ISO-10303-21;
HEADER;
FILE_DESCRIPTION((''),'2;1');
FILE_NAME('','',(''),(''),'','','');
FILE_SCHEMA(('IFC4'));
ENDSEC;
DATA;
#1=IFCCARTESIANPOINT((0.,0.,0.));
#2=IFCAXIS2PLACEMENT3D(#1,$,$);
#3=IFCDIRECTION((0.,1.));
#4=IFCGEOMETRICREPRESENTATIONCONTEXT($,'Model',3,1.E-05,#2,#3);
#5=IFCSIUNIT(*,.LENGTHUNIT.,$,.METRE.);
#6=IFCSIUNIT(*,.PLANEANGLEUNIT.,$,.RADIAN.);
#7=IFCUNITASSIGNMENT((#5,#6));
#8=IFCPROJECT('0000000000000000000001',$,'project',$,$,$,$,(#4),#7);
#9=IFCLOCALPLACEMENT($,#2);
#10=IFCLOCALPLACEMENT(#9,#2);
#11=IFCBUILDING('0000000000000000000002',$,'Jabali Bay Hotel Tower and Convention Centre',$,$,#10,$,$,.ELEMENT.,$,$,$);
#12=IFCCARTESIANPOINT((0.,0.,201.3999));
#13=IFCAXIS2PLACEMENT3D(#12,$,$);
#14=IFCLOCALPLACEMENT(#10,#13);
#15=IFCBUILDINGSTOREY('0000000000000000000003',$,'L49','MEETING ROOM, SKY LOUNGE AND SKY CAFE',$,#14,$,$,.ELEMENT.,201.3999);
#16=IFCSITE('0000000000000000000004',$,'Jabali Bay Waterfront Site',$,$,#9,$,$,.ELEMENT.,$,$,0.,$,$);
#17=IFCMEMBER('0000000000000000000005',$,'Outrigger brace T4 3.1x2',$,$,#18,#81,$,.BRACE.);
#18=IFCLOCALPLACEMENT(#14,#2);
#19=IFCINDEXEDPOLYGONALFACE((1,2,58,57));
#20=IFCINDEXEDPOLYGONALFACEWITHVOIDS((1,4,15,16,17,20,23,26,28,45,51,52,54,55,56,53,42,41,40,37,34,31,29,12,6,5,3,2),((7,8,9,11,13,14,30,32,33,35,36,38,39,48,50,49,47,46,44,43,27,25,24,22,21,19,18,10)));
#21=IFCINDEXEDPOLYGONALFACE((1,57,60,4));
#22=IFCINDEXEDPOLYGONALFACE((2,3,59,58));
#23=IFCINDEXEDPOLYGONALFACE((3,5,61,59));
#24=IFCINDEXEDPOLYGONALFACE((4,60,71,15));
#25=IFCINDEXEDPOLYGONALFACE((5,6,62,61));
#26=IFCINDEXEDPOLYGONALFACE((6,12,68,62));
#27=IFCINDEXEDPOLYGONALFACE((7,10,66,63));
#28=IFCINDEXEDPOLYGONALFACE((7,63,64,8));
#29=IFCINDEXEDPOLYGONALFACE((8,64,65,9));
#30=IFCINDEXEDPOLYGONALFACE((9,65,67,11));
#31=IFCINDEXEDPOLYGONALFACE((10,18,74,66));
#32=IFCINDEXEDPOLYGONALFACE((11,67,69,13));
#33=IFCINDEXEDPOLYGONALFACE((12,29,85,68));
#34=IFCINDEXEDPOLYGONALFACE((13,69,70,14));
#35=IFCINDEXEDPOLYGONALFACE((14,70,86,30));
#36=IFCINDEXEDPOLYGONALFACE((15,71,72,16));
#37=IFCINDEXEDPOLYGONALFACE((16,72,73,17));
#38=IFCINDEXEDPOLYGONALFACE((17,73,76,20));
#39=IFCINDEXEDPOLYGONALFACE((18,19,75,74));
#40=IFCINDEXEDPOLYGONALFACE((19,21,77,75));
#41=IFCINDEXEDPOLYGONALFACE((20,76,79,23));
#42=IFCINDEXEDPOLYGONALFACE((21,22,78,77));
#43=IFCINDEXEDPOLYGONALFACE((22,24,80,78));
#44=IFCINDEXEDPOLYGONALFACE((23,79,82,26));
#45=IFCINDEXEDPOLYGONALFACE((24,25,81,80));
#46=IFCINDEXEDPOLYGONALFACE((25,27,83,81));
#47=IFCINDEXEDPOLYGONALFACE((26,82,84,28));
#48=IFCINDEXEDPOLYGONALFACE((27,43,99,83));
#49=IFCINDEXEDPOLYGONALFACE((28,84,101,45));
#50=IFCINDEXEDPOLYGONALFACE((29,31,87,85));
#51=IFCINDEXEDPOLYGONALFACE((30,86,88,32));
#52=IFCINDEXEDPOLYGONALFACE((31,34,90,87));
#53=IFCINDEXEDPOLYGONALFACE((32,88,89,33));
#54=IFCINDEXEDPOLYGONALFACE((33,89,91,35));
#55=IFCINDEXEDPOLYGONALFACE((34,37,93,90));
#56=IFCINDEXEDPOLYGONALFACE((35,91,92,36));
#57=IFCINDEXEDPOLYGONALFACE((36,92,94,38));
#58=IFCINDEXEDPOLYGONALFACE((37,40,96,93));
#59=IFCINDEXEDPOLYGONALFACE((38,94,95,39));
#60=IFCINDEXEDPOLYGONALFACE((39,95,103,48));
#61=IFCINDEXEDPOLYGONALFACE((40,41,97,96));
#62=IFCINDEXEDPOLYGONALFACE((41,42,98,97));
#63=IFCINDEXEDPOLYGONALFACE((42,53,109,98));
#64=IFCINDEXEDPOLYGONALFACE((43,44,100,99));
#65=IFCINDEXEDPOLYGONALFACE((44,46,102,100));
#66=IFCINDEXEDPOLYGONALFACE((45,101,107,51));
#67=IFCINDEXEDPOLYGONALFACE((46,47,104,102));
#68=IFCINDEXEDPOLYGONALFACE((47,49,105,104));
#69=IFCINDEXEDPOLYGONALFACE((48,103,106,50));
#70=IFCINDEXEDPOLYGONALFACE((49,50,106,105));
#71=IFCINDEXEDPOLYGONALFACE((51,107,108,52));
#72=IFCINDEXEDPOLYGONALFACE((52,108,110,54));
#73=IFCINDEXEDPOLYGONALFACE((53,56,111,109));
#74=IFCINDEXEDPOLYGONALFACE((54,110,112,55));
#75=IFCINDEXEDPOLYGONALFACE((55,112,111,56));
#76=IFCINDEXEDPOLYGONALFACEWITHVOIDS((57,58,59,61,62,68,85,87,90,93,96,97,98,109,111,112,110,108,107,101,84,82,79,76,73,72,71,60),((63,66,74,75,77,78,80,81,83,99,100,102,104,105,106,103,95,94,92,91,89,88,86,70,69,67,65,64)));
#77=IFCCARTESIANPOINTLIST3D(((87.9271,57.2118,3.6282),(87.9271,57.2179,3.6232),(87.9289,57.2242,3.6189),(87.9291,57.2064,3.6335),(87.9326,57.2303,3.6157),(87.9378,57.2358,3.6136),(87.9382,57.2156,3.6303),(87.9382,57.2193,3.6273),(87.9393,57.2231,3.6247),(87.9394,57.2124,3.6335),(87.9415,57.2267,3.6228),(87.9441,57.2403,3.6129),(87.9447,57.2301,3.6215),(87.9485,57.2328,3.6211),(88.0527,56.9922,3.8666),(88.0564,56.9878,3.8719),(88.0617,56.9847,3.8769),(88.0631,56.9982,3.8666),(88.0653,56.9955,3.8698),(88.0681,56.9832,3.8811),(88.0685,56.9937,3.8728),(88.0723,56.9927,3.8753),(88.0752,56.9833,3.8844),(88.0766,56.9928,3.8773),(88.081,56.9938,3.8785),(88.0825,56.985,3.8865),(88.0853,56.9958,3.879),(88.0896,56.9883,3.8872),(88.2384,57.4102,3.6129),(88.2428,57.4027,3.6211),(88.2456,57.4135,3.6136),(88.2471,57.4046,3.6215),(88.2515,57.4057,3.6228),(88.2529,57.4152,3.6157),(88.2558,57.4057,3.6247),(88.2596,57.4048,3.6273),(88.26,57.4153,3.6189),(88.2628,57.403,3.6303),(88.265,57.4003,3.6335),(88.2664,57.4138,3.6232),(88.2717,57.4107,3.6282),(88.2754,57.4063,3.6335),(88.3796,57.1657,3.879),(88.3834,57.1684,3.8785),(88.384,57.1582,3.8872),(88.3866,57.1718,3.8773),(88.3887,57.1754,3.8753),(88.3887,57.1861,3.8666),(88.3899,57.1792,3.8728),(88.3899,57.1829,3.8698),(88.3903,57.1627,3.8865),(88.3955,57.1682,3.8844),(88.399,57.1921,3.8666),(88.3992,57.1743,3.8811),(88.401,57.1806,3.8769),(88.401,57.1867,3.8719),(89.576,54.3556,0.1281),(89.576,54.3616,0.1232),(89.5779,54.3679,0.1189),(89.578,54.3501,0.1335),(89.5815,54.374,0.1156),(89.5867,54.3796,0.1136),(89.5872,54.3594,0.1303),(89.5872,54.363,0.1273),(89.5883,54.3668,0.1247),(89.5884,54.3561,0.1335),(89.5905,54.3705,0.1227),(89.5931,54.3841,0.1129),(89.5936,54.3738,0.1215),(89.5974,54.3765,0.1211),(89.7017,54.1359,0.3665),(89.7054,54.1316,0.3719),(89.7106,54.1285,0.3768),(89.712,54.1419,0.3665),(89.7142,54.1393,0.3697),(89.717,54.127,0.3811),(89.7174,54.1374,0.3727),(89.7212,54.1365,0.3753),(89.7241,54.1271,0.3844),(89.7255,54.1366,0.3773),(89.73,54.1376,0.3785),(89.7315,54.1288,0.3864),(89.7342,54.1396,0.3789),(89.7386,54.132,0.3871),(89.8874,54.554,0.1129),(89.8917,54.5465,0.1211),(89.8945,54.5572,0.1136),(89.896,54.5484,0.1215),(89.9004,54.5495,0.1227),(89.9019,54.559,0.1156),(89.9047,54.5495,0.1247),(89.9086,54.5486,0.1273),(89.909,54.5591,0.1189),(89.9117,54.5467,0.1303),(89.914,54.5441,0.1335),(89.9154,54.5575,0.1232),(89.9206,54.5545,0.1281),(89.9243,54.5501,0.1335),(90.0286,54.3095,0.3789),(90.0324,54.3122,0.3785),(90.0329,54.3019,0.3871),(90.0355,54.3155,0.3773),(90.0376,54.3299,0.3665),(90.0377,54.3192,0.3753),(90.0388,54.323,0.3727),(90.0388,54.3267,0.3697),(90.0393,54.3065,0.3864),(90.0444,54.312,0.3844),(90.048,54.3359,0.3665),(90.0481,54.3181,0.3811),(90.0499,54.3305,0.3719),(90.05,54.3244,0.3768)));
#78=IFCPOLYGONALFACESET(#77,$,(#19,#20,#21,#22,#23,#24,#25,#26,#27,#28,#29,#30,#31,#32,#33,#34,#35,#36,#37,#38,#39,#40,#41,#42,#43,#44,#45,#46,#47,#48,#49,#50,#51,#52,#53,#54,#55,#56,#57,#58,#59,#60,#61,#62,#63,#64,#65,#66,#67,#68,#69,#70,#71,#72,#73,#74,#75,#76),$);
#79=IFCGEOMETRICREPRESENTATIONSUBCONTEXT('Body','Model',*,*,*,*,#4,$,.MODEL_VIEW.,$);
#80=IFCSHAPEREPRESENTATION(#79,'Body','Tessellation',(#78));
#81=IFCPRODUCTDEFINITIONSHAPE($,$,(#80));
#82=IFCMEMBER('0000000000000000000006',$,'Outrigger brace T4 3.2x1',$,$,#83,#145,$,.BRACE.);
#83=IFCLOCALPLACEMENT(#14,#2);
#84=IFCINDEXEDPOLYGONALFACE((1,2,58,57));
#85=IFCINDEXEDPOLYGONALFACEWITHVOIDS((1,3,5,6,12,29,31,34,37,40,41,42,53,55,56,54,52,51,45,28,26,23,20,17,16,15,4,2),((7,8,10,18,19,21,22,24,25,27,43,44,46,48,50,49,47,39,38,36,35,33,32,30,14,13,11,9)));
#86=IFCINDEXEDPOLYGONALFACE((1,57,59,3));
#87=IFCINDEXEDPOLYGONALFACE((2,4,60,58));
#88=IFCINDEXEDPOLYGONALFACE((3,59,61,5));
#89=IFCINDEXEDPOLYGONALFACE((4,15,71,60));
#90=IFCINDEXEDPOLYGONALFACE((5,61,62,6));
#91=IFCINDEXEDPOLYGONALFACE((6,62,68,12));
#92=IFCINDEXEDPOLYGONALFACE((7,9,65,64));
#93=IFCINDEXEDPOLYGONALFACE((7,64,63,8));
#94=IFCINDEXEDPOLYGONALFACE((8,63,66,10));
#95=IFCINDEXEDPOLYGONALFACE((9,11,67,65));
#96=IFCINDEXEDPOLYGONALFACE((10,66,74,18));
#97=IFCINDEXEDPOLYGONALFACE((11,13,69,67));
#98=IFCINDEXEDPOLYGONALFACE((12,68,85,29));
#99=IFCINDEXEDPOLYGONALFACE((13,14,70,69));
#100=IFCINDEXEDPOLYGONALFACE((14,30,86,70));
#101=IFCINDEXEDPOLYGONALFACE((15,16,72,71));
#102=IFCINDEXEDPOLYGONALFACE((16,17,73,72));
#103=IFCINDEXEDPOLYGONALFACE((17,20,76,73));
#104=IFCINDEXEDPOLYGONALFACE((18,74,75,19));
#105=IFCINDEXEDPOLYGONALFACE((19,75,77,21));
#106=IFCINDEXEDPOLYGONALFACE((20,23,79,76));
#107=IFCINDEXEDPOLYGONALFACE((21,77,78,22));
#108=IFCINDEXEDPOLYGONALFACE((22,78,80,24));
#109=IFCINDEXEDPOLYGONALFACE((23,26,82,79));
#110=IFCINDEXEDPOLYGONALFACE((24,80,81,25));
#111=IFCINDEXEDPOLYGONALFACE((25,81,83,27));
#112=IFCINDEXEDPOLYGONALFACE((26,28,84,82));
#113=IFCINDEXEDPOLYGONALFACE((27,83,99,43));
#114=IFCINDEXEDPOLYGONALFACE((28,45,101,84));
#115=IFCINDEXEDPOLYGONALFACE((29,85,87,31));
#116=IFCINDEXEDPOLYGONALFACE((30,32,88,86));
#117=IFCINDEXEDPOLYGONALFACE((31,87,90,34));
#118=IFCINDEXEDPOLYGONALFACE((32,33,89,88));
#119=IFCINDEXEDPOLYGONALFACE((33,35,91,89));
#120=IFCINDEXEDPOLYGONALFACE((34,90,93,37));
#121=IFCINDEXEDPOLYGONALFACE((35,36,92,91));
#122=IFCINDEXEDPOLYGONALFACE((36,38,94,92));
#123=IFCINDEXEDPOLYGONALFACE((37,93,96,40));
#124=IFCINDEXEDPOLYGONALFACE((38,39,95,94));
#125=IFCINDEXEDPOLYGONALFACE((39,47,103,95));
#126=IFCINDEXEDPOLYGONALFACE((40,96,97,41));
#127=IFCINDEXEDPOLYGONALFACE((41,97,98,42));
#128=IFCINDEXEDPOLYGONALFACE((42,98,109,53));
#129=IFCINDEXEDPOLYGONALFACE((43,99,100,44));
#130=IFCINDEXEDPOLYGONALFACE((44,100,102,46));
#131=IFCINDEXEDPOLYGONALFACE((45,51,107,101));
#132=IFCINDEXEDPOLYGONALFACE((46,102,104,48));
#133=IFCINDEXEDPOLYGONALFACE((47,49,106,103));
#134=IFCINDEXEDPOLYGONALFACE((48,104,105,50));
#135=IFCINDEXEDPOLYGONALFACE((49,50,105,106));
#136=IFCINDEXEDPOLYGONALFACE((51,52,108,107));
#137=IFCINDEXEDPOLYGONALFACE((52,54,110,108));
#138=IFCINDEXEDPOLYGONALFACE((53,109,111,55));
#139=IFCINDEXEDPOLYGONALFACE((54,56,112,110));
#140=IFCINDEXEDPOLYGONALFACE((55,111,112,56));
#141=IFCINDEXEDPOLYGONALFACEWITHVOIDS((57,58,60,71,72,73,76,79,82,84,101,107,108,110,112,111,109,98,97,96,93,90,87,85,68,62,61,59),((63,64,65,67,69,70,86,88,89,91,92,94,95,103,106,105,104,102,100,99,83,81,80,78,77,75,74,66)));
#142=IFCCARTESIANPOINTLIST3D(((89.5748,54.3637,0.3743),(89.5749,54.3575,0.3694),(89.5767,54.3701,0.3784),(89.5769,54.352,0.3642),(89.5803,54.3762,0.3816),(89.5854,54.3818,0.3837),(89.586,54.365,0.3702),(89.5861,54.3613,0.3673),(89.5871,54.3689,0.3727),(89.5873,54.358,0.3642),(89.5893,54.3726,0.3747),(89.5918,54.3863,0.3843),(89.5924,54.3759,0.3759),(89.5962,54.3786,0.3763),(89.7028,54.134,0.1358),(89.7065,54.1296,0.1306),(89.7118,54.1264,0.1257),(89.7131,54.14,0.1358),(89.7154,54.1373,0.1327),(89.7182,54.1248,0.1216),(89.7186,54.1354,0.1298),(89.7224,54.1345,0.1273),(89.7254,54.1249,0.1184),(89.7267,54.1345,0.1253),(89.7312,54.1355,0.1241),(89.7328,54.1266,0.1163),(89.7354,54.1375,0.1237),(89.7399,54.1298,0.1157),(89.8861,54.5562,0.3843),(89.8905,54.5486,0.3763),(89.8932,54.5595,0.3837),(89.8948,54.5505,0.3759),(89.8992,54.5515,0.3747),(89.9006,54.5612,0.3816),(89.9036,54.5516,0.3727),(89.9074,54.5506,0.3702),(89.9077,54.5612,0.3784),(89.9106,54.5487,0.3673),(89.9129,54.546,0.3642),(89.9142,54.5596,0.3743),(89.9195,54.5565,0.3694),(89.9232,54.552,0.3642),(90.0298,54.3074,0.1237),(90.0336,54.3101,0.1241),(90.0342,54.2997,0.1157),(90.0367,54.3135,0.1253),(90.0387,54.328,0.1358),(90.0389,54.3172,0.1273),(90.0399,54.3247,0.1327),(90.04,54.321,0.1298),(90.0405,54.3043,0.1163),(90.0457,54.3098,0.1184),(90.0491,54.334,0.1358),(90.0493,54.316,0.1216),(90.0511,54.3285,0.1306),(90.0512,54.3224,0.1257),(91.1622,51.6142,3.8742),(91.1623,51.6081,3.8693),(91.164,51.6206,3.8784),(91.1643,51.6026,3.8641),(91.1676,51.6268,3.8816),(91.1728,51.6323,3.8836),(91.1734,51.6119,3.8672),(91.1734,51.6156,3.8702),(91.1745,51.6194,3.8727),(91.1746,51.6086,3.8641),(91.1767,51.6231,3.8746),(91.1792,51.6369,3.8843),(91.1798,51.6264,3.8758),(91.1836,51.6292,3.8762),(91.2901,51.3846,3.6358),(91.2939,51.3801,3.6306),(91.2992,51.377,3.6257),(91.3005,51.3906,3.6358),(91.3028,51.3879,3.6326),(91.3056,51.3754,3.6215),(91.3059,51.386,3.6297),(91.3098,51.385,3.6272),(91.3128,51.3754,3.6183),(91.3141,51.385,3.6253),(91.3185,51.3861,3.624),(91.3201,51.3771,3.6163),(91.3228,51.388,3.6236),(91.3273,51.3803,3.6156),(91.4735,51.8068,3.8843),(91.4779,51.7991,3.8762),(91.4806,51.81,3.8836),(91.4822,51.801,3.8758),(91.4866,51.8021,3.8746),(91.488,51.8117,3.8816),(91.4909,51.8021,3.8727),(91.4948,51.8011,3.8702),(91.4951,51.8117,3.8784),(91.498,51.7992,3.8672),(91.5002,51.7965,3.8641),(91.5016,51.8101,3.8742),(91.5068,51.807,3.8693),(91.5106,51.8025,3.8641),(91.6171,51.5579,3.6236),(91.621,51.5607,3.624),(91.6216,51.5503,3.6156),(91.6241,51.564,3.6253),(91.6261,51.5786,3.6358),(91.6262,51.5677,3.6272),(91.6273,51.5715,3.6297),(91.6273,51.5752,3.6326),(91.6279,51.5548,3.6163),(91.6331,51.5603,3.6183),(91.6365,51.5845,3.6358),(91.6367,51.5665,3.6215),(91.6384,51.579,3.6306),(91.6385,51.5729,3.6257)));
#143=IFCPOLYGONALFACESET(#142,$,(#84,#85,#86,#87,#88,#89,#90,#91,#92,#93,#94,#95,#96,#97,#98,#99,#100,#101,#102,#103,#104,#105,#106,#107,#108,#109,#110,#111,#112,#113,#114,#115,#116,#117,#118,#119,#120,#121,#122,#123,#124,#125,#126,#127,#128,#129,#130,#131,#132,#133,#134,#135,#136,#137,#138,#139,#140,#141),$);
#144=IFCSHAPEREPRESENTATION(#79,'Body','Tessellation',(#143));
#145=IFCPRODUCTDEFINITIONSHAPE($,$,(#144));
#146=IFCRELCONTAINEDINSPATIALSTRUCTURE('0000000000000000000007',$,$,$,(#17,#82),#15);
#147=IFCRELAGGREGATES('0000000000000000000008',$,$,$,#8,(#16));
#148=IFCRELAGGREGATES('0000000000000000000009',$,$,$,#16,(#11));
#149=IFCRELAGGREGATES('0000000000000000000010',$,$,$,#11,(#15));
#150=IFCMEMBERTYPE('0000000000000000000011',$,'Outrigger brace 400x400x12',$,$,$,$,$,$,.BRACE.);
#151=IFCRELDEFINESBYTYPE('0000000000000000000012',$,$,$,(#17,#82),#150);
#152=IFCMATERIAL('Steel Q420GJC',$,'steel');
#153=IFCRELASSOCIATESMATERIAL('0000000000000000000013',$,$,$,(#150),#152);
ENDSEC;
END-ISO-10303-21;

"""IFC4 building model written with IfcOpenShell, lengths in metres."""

from ifc_helpers import new_model, si_unit, direction, frame, origin, origin_2d, place, context, subcontext, project, spatial, hollow_rectangle, extrude, material, material_profile, profile_set, type_object, element, save


model = new_model("IFC4")

# Units and contexts
model_context = context("Model", 3, precision=1e-05, world=origin(), true_north=direction((0.0, 1.0)))
body_context = subcontext(model_context, "Body", "Model", "MODEL_VIEW")
ifc_project = project(units=[si_unit("LENGTHUNIT", "METRE"), si_unit("PLANEANGLEUNIT", "RADIAN")], contexts=[model_context])

# Site, building, storey
site_placement = place(None, origin())
site = spatial("IfcSite", under=ifc_project, at=site_placement, Name="Jabali Bay Waterfront Site", CompositionType="ELEMENT", RefElevation=0.0)
building_placement = place(site_placement, origin())
building = spatial("IfcBuilding", under=site, at=building_placement, Name="Jabali Bay Hotel Tower and Convention Centre", CompositionType="ELEMENT")
storey_placement = place(building_placement, frame((0.0, 0.0, 201.3999)))
storey = spatial("IfcBuildingStorey", under=building, at=storey_placement, Name="L49", Description="MEETING ROOM, SKY LOUNGE AND SKY CAFE", CompositionType="ELEMENT", Elevation=201.3999)

# Shared definitions
ifc_material_1 = material(Name="Steel Q420GJC", Category="steel")

# Members
ifc_material_profile_1 = material_profile(ifc_material_1, hollow_rectangle(XDim=0.3999, YDim=0.3999, WallThickness=0.012, InnerFilletRadius=0.0181, OuterFilletRadius=0.03, at=origin_2d()), Name="Outrigger brace 400x400x12")
ifc_profile_set_1 = profile_set([ifc_material_profile_1], Name="Steel Q420GJC")
member_type_1 = type_object("IfcMemberType", Name="Outrigger brace 400x400x12", PredefinedType="BRACE", material=ifc_profile_set_1)
member_1_placement = place(storey_placement, frame((89.813, 54.343, 0.25), z_axis=(-0.342881, 0.593924, 0.727796), x_axis=(-0.866039, -0.499977, 0.0)))
element("IfcMember", 1, at=member_1_placement, inside=storey, type_object=member_type_1, Name="Outrigger brace T4 3.1x2", PredefinedType="BRACE", context=body_context, shape_type="SweptSolid", body=[
    extrude(hollow_rectangle(XDim=0.3999, YDim=0.3999, WallThickness=0.012, InnerFilletRadius=0.0181, OuterFilletRadius=0.03, at=origin_2d()), origin(), (0.0, 0.0, 1.0), 4.8091),
])
member_2_placement = place(storey_placement, frame((89.813, 54.343, 0.25), z_axis=(0.335928, -0.581855, 0.740674), x_axis=(0.866029, 0.499993, 0.0)))
element("IfcMember", 2, at=member_2_placement, inside=storey, type_object=member_type_1, Name="Outrigger brace T4 3.2x1", PredefinedType="BRACE", context=body_context, shape_type="SweptSolid", body=[
    extrude(hollow_rectangle(XDim=0.3999, YDim=0.3999, WallThickness=0.012, InnerFilletRadius=0.0181, OuterFilletRadius=0.03, at=origin_2d()), origin(), (0.0, 0.0, 1.0), 4.7253),
])

save(model, "model.ifc")
